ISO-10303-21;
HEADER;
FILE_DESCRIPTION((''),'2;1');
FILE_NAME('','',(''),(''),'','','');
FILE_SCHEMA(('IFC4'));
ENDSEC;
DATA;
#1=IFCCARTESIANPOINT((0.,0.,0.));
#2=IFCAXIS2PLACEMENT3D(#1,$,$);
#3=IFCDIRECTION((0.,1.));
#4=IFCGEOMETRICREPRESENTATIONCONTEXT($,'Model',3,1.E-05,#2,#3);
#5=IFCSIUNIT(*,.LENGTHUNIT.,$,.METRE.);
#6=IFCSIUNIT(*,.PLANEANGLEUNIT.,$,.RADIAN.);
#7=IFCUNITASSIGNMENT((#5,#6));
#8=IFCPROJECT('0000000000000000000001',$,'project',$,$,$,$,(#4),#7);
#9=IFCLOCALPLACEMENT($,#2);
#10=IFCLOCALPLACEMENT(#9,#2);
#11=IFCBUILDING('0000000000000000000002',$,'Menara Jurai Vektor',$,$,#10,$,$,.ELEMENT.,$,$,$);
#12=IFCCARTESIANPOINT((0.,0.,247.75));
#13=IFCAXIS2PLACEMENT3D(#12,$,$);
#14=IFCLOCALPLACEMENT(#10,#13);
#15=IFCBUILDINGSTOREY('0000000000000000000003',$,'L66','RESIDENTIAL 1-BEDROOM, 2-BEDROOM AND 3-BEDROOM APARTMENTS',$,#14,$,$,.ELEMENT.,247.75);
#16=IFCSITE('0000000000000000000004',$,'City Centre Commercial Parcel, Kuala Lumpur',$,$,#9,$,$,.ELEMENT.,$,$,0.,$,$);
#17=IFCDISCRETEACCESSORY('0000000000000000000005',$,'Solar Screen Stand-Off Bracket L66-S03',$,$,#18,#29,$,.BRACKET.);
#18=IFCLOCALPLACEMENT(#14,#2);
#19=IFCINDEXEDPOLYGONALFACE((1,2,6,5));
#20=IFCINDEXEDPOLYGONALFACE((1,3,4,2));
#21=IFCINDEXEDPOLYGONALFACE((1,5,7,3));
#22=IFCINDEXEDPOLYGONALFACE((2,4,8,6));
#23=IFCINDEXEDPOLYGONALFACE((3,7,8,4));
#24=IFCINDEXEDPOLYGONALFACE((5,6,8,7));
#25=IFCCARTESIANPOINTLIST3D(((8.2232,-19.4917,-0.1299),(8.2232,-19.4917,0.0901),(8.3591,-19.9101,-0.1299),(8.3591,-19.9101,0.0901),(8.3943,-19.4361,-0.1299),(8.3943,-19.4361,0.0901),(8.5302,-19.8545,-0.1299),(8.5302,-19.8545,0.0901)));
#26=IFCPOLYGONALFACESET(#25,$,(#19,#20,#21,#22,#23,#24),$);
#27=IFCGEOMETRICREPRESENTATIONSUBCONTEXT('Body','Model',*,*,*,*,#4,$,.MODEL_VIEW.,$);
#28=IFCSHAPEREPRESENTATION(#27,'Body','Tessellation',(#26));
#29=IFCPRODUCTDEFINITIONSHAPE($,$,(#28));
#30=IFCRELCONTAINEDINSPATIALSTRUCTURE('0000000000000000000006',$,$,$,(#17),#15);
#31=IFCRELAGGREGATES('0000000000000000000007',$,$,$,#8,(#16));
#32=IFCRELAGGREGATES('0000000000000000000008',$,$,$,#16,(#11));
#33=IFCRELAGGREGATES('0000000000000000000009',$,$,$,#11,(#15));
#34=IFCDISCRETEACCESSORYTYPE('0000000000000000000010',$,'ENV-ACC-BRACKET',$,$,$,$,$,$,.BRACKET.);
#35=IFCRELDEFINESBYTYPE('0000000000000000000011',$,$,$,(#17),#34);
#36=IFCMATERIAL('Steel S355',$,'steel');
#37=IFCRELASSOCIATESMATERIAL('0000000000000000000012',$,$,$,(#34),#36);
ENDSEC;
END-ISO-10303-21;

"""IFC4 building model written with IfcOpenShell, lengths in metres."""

from ifc_helpers import new_model, si_unit, direction, frame, origin, origin_2d, place, context, subcontext, project, spatial, rectangle, extrude, material, type_object, element, save


model = new_model("IFC4")

# Units and contexts
model_context = context("Model", 3, precision=1e-05, world=origin(), true_north=direction((0.0, 1.0)))
body_context = subcontext(model_context, "Body", "Model", "MODEL_VIEW")
ifc_project = project(units=[si_unit("LENGTHUNIT", "METRE"), si_unit("PLANEANGLEUNIT", "RADIAN")], contexts=[model_context])

# Site, building, storey
site_placement = place(None, origin())
site = spatial("IfcSite", under=ifc_project, at=site_placement, Name="City Centre Commercial Parcel, Kuala Lumpur", CompositionType="ELEMENT", RefElevation=0.0)
building_placement = place(site_placement, origin())
building = spatial("IfcBuilding", under=site, at=building_placement, Name="Menara Jurai Vektor", CompositionType="ELEMENT")
storey_placement = place(building_placement, frame((0.0, 0.0, 247.75)))
storey = spatial("IfcBuildingStorey", under=building, at=storey_placement, Name="L66", Description="RESIDENTIAL 1-BEDROOM, 2-BEDROOM AND 3-BEDROOM APARTMENTS", CompositionType="ELEMENT", Elevation=247.75)

# Shared definitions
ifc_material_1 = material(Name="Steel S355", Category="steel")

# Discrete accessory
discrete_accessory_type = type_object("IfcDiscreteAccessoryType", Name="ENV-ACC-BRACKET", PredefinedType="BRACKET", material=ifc_material_1)
discrete_accessory_placement = place(storey_placement, frame((8.3767, -19.6731, -0.1299), z_axis=(0.0, 0.0, 1.0), x_axis=(0.951057, 0.309017, 0.0)))
element("IfcDiscreteAccessory", 1, at=discrete_accessory_placement, inside=storey, type_object=discrete_accessory_type, Name="Solar Screen Stand-Off Bracket L66-S03", PredefinedType="BRACKET", context=body_context, shape_type="SweptSolid", body=[
    extrude(rectangle(XDim=0.1799, YDim=0.4399, at=origin_2d()), origin(), (0.0, 0.0, 1.0), 0.22),
])

save(model, "model.ifc")
